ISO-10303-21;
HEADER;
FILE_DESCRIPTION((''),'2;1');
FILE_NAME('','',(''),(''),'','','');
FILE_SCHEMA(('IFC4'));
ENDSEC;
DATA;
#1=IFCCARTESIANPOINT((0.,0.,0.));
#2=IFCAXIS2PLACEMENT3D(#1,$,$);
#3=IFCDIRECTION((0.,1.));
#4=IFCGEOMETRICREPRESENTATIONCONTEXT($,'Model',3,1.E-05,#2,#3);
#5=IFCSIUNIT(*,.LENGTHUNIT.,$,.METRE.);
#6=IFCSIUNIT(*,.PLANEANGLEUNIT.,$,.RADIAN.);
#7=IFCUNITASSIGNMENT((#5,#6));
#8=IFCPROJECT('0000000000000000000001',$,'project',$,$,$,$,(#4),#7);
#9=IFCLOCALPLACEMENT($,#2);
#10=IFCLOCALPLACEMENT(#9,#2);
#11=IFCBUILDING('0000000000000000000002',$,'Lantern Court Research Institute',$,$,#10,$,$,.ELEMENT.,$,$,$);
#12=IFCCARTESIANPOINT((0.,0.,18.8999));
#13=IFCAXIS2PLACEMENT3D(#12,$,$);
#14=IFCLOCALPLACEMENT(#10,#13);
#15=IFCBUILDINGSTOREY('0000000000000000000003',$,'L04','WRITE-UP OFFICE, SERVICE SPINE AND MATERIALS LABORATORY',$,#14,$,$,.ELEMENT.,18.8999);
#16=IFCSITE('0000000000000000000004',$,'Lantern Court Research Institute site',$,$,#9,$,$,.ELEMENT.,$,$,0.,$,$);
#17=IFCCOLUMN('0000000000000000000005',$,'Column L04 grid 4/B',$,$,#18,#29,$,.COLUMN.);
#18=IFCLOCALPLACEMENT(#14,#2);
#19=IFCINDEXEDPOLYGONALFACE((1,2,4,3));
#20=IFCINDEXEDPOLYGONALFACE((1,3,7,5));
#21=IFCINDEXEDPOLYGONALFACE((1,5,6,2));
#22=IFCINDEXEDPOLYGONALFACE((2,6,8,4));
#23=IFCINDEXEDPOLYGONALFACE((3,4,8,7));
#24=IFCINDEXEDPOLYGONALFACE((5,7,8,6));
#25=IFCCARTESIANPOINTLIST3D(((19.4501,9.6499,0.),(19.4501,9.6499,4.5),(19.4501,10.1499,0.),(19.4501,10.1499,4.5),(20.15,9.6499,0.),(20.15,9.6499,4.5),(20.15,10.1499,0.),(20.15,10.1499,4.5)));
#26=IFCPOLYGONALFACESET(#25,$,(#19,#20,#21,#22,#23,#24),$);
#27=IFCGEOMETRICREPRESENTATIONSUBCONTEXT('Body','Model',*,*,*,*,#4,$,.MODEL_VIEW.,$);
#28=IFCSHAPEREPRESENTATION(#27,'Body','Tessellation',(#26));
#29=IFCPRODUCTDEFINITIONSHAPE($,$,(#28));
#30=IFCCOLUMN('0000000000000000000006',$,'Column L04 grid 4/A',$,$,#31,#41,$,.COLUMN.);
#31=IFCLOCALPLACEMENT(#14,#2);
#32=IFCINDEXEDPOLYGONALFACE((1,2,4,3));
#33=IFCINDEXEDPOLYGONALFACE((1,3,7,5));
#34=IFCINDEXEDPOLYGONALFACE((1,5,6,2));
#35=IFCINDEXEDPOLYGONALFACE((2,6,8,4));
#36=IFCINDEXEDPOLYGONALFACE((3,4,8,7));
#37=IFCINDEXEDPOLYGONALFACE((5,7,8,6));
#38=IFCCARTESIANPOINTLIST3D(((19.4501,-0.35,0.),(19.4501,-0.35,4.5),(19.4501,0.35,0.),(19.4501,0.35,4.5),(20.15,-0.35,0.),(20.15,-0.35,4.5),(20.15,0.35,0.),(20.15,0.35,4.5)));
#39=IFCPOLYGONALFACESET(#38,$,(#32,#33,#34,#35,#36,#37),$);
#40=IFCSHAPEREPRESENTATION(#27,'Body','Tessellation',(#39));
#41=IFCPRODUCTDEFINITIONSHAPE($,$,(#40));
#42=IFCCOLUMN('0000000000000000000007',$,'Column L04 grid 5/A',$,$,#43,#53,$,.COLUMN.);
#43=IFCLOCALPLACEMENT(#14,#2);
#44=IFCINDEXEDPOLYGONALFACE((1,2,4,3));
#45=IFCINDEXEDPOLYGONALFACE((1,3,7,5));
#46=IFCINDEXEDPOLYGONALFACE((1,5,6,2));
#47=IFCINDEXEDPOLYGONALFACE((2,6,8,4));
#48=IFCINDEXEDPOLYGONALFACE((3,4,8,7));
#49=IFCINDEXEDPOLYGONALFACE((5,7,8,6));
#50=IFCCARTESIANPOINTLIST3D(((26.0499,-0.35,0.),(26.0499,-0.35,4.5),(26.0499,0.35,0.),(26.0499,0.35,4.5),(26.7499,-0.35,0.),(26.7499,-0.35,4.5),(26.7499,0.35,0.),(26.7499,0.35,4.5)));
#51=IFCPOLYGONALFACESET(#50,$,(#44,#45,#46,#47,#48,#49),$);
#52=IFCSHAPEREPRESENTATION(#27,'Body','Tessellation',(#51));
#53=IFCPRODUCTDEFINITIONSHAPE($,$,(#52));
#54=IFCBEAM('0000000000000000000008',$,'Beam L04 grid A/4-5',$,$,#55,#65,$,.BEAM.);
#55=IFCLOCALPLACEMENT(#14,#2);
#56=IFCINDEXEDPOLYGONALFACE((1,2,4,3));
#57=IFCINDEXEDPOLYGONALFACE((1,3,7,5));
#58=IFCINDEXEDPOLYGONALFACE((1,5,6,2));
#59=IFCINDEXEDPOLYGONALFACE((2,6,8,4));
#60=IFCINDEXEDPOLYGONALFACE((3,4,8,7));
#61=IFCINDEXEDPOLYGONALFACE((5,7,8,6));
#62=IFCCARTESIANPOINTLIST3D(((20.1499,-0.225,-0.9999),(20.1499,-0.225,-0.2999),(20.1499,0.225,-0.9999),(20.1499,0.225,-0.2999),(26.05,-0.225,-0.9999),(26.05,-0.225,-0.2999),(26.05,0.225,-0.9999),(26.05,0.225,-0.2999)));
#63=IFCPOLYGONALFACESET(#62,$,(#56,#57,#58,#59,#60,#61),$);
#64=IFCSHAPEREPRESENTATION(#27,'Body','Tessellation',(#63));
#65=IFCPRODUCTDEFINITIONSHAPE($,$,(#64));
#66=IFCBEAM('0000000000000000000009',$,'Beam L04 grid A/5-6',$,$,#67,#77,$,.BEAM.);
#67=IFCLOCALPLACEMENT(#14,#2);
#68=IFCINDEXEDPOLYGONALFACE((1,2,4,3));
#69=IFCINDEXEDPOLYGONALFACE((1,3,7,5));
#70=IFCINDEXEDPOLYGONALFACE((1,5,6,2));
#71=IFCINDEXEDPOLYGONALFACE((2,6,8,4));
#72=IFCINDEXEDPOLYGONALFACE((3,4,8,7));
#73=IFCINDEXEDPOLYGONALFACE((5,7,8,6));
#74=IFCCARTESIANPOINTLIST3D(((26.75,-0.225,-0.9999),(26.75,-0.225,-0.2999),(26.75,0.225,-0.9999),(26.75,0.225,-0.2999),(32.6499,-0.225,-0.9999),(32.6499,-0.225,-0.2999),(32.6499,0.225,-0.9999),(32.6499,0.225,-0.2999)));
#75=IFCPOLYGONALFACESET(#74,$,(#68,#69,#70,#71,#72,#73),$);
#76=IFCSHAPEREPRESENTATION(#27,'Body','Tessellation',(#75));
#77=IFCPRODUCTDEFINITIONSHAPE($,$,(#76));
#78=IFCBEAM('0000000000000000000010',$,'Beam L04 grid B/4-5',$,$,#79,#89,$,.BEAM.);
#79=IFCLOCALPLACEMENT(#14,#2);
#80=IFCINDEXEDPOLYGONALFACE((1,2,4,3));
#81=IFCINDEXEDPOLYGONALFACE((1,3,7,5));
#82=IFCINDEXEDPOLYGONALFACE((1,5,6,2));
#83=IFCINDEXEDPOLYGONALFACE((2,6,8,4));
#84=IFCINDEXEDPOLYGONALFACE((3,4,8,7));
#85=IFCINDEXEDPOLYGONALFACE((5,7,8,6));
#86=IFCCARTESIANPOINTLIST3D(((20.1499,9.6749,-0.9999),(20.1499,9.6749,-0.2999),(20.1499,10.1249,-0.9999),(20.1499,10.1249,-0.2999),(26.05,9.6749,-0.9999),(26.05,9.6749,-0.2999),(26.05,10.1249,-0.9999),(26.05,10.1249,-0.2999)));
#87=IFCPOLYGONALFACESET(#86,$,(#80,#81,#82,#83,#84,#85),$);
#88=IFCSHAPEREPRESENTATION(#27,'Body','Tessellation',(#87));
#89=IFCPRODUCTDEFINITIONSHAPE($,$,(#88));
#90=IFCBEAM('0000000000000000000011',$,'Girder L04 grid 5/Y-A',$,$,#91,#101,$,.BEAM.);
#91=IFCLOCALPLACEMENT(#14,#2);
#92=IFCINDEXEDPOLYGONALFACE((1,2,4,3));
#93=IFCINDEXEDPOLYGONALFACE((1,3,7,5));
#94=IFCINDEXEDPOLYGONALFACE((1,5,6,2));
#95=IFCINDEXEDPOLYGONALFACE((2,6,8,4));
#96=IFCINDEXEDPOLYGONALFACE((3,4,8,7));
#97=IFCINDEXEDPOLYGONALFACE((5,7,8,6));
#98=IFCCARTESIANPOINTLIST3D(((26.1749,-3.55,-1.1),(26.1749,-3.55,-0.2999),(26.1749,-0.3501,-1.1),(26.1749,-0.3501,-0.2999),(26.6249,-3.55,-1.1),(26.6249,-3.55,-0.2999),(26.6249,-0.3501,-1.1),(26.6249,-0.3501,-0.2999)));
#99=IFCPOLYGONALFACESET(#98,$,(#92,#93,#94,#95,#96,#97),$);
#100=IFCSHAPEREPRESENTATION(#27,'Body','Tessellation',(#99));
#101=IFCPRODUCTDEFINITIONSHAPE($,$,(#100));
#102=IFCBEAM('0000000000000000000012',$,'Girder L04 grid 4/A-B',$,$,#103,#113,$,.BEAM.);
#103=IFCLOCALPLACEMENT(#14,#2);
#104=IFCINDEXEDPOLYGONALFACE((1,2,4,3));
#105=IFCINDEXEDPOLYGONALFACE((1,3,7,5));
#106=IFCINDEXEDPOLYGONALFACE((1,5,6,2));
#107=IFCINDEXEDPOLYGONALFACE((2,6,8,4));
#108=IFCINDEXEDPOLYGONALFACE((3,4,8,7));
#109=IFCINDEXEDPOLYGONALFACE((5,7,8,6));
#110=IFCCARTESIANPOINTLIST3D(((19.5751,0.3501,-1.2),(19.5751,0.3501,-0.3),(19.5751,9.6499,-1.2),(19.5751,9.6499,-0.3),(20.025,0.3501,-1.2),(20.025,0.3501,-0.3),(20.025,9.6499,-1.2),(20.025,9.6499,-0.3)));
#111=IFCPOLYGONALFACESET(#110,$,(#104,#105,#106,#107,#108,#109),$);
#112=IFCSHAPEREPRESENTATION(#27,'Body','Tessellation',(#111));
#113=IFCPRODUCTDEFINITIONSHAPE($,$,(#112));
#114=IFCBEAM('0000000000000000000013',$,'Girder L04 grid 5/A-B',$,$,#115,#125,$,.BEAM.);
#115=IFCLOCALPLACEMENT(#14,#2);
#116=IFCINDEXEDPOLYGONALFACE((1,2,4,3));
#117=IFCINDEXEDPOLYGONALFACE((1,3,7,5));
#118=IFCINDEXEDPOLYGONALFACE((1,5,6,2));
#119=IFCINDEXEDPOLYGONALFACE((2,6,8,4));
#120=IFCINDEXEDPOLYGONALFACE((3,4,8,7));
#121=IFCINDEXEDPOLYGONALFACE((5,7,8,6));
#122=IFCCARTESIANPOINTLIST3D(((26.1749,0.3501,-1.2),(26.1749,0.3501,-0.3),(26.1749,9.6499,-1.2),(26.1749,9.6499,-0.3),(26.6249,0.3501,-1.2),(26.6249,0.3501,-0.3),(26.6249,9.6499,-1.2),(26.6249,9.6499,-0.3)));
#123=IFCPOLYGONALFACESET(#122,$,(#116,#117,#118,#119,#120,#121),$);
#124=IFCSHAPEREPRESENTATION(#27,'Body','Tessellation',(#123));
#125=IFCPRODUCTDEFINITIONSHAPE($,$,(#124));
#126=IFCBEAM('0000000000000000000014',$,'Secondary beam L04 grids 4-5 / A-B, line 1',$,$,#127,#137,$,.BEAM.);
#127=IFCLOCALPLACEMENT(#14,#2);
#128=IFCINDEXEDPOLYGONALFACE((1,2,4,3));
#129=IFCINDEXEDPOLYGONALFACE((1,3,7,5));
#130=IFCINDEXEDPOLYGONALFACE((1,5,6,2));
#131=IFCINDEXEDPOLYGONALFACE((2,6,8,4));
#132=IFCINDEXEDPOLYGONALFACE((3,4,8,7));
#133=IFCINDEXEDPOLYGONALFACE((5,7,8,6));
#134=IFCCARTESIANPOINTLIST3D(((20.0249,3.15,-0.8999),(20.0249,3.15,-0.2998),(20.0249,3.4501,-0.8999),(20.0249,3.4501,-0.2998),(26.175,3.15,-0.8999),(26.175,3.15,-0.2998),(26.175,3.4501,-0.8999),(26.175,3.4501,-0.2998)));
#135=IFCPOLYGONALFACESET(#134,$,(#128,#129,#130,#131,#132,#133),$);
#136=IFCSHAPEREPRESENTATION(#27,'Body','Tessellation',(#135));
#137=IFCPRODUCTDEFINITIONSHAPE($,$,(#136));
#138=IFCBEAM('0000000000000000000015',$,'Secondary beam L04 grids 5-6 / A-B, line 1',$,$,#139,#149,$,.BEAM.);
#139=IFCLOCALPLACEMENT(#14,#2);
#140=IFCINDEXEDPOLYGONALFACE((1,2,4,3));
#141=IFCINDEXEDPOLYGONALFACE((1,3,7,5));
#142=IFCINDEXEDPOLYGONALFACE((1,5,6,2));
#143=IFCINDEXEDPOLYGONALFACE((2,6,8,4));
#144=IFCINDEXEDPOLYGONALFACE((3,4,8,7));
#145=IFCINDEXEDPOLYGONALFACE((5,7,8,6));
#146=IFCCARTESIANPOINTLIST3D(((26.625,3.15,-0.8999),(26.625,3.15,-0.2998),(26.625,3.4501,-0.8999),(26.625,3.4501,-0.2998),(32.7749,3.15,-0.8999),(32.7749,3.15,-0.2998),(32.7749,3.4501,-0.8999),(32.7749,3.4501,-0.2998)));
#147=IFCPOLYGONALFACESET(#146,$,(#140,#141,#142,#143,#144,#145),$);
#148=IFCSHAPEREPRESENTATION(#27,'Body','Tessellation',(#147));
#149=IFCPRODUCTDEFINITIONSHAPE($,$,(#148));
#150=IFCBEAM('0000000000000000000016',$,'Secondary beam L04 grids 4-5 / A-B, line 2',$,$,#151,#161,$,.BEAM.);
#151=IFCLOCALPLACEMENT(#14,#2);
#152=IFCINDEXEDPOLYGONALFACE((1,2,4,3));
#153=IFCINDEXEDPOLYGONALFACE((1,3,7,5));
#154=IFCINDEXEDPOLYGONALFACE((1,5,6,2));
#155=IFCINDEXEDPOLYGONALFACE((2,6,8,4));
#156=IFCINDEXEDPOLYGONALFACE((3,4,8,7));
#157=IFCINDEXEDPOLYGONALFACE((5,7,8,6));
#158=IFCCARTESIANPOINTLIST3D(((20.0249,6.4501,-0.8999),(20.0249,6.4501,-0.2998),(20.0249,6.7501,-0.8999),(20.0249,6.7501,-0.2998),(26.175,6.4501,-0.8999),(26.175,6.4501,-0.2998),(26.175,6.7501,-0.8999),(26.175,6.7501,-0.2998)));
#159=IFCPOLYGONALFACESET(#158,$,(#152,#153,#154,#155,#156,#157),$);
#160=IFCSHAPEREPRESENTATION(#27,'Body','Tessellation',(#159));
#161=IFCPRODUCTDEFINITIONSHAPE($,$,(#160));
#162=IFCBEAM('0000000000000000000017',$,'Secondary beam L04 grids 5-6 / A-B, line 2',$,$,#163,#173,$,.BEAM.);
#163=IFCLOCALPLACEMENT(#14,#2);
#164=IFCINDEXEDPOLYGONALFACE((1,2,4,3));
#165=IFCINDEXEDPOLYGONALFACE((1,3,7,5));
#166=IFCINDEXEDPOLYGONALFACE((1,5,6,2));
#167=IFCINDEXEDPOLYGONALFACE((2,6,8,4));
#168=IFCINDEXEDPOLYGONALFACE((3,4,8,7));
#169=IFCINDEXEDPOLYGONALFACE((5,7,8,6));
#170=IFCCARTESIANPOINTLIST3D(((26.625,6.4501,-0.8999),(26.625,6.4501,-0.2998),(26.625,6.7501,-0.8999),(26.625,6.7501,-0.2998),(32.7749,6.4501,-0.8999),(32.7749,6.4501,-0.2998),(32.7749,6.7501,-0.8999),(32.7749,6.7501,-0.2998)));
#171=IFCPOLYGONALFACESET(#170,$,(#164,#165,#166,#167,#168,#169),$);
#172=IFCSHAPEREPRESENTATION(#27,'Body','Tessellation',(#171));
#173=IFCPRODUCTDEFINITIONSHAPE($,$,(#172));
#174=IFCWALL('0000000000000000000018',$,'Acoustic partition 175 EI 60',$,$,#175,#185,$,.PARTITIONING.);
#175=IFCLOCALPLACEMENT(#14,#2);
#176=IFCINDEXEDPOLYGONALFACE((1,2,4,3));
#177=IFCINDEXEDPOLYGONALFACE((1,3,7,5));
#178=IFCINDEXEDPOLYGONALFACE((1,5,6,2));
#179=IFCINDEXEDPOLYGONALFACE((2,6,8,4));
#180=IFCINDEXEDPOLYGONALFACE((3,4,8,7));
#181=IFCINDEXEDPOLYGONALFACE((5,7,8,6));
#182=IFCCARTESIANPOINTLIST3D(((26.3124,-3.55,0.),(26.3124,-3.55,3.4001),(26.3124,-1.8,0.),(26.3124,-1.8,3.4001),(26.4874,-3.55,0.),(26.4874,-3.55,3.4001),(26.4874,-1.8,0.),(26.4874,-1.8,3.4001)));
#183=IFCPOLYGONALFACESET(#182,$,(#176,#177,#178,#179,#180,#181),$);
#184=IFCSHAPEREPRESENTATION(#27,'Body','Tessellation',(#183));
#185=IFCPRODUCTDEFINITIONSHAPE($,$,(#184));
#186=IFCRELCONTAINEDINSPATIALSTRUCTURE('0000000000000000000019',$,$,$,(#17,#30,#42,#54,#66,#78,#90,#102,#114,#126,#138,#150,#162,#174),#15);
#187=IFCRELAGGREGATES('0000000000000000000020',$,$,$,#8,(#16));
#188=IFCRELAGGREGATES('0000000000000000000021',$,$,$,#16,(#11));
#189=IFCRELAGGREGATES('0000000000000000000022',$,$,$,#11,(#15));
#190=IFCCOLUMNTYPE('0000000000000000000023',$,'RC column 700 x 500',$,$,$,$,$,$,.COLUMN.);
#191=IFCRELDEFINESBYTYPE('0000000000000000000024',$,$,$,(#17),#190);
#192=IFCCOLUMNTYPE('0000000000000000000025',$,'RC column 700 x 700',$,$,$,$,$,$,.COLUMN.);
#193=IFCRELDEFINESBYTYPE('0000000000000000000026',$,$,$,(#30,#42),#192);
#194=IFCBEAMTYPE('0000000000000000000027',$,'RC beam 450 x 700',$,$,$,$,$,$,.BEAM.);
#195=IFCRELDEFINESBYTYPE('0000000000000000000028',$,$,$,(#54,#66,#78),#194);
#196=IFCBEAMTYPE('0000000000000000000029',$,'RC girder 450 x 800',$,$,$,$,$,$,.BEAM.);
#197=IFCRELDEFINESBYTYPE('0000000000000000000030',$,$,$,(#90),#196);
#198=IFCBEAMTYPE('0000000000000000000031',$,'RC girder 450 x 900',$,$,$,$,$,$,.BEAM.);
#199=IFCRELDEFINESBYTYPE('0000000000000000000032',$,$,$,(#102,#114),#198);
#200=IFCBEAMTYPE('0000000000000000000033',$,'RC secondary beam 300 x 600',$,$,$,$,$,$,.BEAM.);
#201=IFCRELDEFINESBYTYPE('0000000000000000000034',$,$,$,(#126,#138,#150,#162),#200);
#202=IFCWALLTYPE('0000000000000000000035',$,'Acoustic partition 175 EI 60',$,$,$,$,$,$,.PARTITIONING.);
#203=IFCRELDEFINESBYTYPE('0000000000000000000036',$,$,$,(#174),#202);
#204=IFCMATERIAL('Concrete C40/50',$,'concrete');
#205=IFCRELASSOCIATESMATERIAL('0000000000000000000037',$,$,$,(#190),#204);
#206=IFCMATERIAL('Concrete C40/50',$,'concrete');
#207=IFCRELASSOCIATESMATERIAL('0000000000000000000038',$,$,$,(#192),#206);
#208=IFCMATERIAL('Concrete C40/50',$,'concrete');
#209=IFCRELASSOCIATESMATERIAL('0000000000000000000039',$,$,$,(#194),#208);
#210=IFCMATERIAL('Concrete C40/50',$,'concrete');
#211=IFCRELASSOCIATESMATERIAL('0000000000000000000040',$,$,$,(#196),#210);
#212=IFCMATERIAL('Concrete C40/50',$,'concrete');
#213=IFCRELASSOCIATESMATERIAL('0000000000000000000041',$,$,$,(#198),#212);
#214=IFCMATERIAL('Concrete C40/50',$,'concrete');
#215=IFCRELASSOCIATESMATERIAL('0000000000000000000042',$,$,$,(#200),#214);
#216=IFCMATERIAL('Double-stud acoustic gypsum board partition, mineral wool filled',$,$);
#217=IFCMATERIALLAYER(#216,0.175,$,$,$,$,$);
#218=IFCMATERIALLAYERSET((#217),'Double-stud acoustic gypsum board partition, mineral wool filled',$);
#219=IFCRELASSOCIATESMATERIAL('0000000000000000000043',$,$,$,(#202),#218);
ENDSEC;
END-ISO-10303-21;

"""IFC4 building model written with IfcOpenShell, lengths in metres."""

from ifc_helpers import new_model, si_unit, direction, frame, frame_2d, origin, origin_2d, place, context, subcontext, project, spatial, rectangle, extrude, material, layer, layer_set, material_profile, profile_set, type_object, element, save


model = new_model("IFC4")

# Units and contexts
model_context = context("Model", 3, precision=1e-05, world=origin(), true_north=direction((0.0, 1.0)))
body_context = subcontext(model_context, "Body", "Model", "MODEL_VIEW")
ifc_project = project(units=[si_unit("LENGTHUNIT", "METRE"), si_unit("PLANEANGLEUNIT", "RADIAN")], contexts=[model_context])

# Site, building, storey
site_placement = place(None, origin())
site = spatial("IfcSite", under=ifc_project, at=site_placement, Name="Lantern Court Research Institute site", CompositionType="ELEMENT", RefElevation=0.0)
building_placement = place(site_placement, origin())
building = spatial("IfcBuilding", under=site, at=building_placement, Name="Lantern Court Research Institute", CompositionType="ELEMENT")
storey_placement = place(building_placement, frame((0.0, 0.0, 18.8999)))
storey = spatial("IfcBuildingStorey", under=building, at=storey_placement, Name="L04", Description="WRITE-UP OFFICE, SERVICE SPINE AND MATERIALS LABORATORY", CompositionType="ELEMENT", Elevation=18.8999)

# Columns
ifc_material_1 = material(Name="Concrete C40/50", Category="concrete")
ifc_material_profile_1 = material_profile(ifc_material_1, rectangle(XDim=0.7, YDim=0.5, at=origin_2d()), Name="RC column 700 x 500")
ifc_profile_set_1 = profile_set([ifc_material_profile_1], Name="Concrete C40/50")
column_type_1 = type_object("IfcColumnType", Name="RC column 700 x 500", PredefinedType="COLUMN", material=ifc_profile_set_1)
column_placement = place(storey_placement, frame((19.8, 9.8999, 0.0), z_axis=(0.0, 0.0, 1.0), x_axis=(1.0, 0.0, 0.0)))
element("IfcColumn", 1, at=column_placement, inside=storey, type_object=column_type_1, Name="Column L04 grid 4/B", PredefinedType="COLUMN", context=body_context, shape_type="SweptSolid", body=[
    extrude(rectangle(XDim=0.7, YDim=0.5, at=origin_2d()), origin(), (0.0, 0.0, 1.0), 4.5),
])
ifc_material_2 = material(Name="Concrete C40/50", Category="concrete")
ifc_material_profile_2 = material_profile(ifc_material_2, rectangle(XDim=0.7, YDim=0.7, at=origin_2d()), Name="RC column 700 x 700")
ifc_profile_set_2 = profile_set([ifc_material_profile_2], Name="Concrete C40/50")
column_type_2 = type_object("IfcColumnType", Name="RC column 700 x 700", PredefinedType="COLUMN", material=ifc_profile_set_2)
for number, where, z_axis, x_axis, name in (
    (2, (19.8, 0.0, 0.0), (0.0, 0.0, 1.0), (1.0, 0.0, 0.0), "Column L04 grid 4/A"),
    (3, (26.3999, 0.0, 0.0), (0.0, 0.0, 1.0), (1.0, 0.0, 0.0), "Column L04 grid 5/A"),
):
    element("IfcColumn", number, at=place(storey_placement, frame(where, z_axis=z_axis, x_axis=x_axis)), inside=storey, type_object=column_type_2, Name=name, PredefinedType="COLUMN", context=body_context, shape_type="SweptSolid", body=[
        extrude(rectangle(XDim=0.7, YDim=0.7, at=origin_2d()), origin(), (0.0, 0.0, 1.0), 4.5),
    ])

# Beams
ifc_material_3 = material(Name="Concrete C40/50", Category="concrete")
ifc_material_profile_3 = material_profile(ifc_material_3, rectangle(XDim=0.45, YDim=0.7, at=origin_2d()), Name="RC beam 450 x 700")
ifc_profile_set_3 = profile_set([ifc_material_profile_3], Name="Concrete C40/50")
beam_type_1 = type_object("IfcBeamType", Name="RC beam 450 x 700", PredefinedType="BEAM", material=ifc_profile_set_3)
beam_1_placement = place(storey_placement, frame((20.1499, 0.0, -0.6499), z_axis=(1.0, 0.0, 0.0), x_axis=(0.0, 1.0, 0.0)))
element("IfcBeam", 4, at=beam_1_placement, inside=storey, type_object=beam_type_1, Name="Beam L04 grid A/4-5", PredefinedType="BEAM", context=body_context, shape_type="SweptSolid", body=[
    extrude(rectangle(XDim=0.45, YDim=0.7, at=origin_2d()), origin(), (0.0, 0.0, 1.0), 5.9001),
])
beam_2_placement = place(storey_placement, frame((26.75, 0.0, -0.6499), z_axis=(1.0, 0.0, 0.0), x_axis=(0.0, 1.0, 0.0)))
element("IfcBeam", 5, at=beam_2_placement, inside=storey, type_object=beam_type_1, Name="Beam L04 grid A/5-6", PredefinedType="BEAM", context=body_context, shape_type="SweptSolid", body=[
    extrude(rectangle(XDim=0.45, YDim=0.7, at=origin_2d()), origin(), (0.0, 0.0, 1.0), 5.8999),
])
beam_3_placement = place(storey_placement, frame((20.1499, 9.8999, -0.6499), z_axis=(1.0, 0.0, 0.0), x_axis=(0.0, 1.0, 0.0)))
element("IfcBeam", 6, at=beam_3_placement, inside=storey, type_object=beam_type_1, Name="Beam L04 grid B/4-5", PredefinedType="BEAM", context=body_context, shape_type="SweptSolid", body=[
    extrude(rectangle(XDim=0.45, YDim=0.7, at=origin_2d()), origin(), (0.0, 0.0, 1.0), 5.9001),
])
ifc_material_4 = material(Name="Concrete C40/50", Category="concrete")
ifc_material_profile_4 = material_profile(ifc_material_4, rectangle(XDim=0.45, YDim=0.8, at=origin_2d()), Name="RC beam 450 x 800")
ifc_profile_set_4 = profile_set([ifc_material_profile_4], Name="Concrete C40/50")
beam_type_2 = type_object("IfcBeamType", Name="RC girder 450 x 800", PredefinedType="BEAM", material=ifc_profile_set_4)
beam_4_placement = place(storey_placement, frame((26.3999, -3.55, -0.7), z_axis=(0.0, 1.0, 0.0), x_axis=(-1.0, 0.0, 0.0)))
element("IfcBeam", 7, at=beam_4_placement, inside=storey, type_object=beam_type_2, Name="Girder L04 grid 5/Y-A", PredefinedType="BEAM", context=body_context, shape_type="SweptSolid", body=[
    extrude(rectangle(XDim=0.45, YDim=0.8, at=origin_2d()), origin(), (0.0, 0.0, 1.0), 3.2),
])
ifc_material_5 = material(Name="Concrete C40/50", Category="concrete")
ifc_material_profile_5 = material_profile(ifc_material_5, rectangle(XDim=0.45, YDim=0.8999, at=origin_2d()), Name="RC beam 450 x 900")
ifc_profile_set_5 = profile_set([ifc_material_profile_5], Name="Concrete C40/50")
beam_type_3 = type_object("IfcBeamType", Name="RC girder 450 x 900", PredefinedType="BEAM", material=ifc_profile_set_5)
for number, where, z_axis, x_axis, name in (
    (8, (19.8, 0.3501, -0.75), (0.0, 1.0, 0.0), (-1.0, 0.0, 0.0), "Girder L04 grid 4/A-B"),
    (9, (26.3999, 0.3501, -0.75), (0.0, 1.0, 0.0), (-1.0, 0.0, 0.0), "Girder L04 grid 5/A-B"),
):
    element("IfcBeam", number, at=place(storey_placement, frame(where, z_axis=z_axis, x_axis=x_axis)), inside=storey, type_object=beam_type_3, Name=name, PredefinedType="BEAM", context=body_context, shape_type="SweptSolid", body=[
        extrude(rectangle(XDim=0.45, YDim=0.8999, at=origin_2d()), origin(), (0.0, 0.0, 1.0), 9.2998),
    ])
ifc_material_6 = material(Name="Concrete C40/50", Category="concrete")
ifc_material_profile_6 = material_profile(ifc_material_6, rectangle(XDim=0.3, YDim=0.6001, at=origin_2d()), Name="RC beam 300 x 600")
ifc_profile_set_6 = profile_set([ifc_material_profile_6], Name="Concrete C40/50")
beam_type_4 = type_object("IfcBeamType", Name="RC secondary beam 300 x 600", PredefinedType="BEAM", material=ifc_profile_set_6)
beam_5_placement = place(storey_placement, frame((20.0249, 3.3, -0.5999), z_axis=(1.0, 0.0, 0.0), x_axis=(0.0, 1.0, 0.0)))
element("IfcBeam", 10, at=beam_5_placement, inside=storey, type_object=beam_type_4, Name="Secondary beam L04 grids 4-5 / A-B, line 1", PredefinedType="BEAM", context=body_context, shape_type="SweptSolid", body=[
    extrude(rectangle(XDim=0.3, YDim=0.6001, at=origin_2d()), origin(), (0.0, 0.0, 1.0), 6.1501),
])
beam_6_placement = place(storey_placement, frame((26.625, 3.3, -0.5999), z_axis=(1.0, 0.0, 0.0), x_axis=(0.0, 1.0, 0.0)))
element("IfcBeam", 11, at=beam_6_placement, inside=storey, type_object=beam_type_4, Name="Secondary beam L04 grids 5-6 / A-B, line 1", PredefinedType="BEAM", context=body_context, shape_type="SweptSolid", body=[
    extrude(rectangle(XDim=0.3, YDim=0.6001, at=origin_2d()), origin(), (0.0, 0.0, 1.0), 6.1499),
])
beam_7_placement = place(storey_placement, frame((20.0249, 6.6001, -0.5999), z_axis=(1.0, 0.0, 0.0), x_axis=(0.0, 1.0, 0.0)))
element("IfcBeam", 12, at=beam_7_placement, inside=storey, type_object=beam_type_4, Name="Secondary beam L04 grids 4-5 / A-B, line 2", PredefinedType="BEAM", context=body_context, shape_type="SweptSolid", body=[
    extrude(rectangle(XDim=0.3, YDim=0.6001, at=origin_2d()), origin(), (0.0, 0.0, 1.0), 6.1501),
])
beam_8_placement = place(storey_placement, frame((26.625, 6.6001, -0.5999), z_axis=(1.0, 0.0, 0.0), x_axis=(0.0, 1.0, 0.0)))
element("IfcBeam", 13, at=beam_8_placement, inside=storey, type_object=beam_type_4, Name="Secondary beam L04 grids 5-6 / A-B, line 2", PredefinedType="BEAM", context=body_context, shape_type="SweptSolid", body=[
    extrude(rectangle(XDim=0.3, YDim=0.6001, at=origin_2d()), origin(), (0.0, 0.0, 1.0), 6.1499),
])

# Wall
ifc_material_7 = material(Name="Double-stud acoustic gypsum board partition, mineral wool filled")
ifc_layer_1 = layer(ifc_material_7, 0.175)
ifc_layer_set_1 = layer_set([ifc_layer_1], Name="Double-stud acoustic gypsum board partition, mineral wool filled")
wall_type_1 = type_object("IfcWallType", Name="Acoustic partition 175 EI 60", PredefinedType="PARTITIONING", material=ifc_layer_set_1)
wall_1_placement = place(storey_placement, frame((26.3999, -3.55, 0.0), z_axis=(0.0, 0.0, 1.0), x_axis=(0.0, 1.0, 0.0)))
element("IfcWall", 14, at=wall_1_placement, inside=storey, type_object=wall_type_1, Name="Acoustic partition 175 EI 60", PredefinedType="PARTITIONING", context=body_context, shape_type="SweptSolid", body=[
    extrude(rectangle(XDim=1.75, YDim=0.175, at=frame_2d((0.875, 0.0))), origin(), (0.0, 0.0, 1.0), 3.4001),
])

save(model, "model.ifc")
